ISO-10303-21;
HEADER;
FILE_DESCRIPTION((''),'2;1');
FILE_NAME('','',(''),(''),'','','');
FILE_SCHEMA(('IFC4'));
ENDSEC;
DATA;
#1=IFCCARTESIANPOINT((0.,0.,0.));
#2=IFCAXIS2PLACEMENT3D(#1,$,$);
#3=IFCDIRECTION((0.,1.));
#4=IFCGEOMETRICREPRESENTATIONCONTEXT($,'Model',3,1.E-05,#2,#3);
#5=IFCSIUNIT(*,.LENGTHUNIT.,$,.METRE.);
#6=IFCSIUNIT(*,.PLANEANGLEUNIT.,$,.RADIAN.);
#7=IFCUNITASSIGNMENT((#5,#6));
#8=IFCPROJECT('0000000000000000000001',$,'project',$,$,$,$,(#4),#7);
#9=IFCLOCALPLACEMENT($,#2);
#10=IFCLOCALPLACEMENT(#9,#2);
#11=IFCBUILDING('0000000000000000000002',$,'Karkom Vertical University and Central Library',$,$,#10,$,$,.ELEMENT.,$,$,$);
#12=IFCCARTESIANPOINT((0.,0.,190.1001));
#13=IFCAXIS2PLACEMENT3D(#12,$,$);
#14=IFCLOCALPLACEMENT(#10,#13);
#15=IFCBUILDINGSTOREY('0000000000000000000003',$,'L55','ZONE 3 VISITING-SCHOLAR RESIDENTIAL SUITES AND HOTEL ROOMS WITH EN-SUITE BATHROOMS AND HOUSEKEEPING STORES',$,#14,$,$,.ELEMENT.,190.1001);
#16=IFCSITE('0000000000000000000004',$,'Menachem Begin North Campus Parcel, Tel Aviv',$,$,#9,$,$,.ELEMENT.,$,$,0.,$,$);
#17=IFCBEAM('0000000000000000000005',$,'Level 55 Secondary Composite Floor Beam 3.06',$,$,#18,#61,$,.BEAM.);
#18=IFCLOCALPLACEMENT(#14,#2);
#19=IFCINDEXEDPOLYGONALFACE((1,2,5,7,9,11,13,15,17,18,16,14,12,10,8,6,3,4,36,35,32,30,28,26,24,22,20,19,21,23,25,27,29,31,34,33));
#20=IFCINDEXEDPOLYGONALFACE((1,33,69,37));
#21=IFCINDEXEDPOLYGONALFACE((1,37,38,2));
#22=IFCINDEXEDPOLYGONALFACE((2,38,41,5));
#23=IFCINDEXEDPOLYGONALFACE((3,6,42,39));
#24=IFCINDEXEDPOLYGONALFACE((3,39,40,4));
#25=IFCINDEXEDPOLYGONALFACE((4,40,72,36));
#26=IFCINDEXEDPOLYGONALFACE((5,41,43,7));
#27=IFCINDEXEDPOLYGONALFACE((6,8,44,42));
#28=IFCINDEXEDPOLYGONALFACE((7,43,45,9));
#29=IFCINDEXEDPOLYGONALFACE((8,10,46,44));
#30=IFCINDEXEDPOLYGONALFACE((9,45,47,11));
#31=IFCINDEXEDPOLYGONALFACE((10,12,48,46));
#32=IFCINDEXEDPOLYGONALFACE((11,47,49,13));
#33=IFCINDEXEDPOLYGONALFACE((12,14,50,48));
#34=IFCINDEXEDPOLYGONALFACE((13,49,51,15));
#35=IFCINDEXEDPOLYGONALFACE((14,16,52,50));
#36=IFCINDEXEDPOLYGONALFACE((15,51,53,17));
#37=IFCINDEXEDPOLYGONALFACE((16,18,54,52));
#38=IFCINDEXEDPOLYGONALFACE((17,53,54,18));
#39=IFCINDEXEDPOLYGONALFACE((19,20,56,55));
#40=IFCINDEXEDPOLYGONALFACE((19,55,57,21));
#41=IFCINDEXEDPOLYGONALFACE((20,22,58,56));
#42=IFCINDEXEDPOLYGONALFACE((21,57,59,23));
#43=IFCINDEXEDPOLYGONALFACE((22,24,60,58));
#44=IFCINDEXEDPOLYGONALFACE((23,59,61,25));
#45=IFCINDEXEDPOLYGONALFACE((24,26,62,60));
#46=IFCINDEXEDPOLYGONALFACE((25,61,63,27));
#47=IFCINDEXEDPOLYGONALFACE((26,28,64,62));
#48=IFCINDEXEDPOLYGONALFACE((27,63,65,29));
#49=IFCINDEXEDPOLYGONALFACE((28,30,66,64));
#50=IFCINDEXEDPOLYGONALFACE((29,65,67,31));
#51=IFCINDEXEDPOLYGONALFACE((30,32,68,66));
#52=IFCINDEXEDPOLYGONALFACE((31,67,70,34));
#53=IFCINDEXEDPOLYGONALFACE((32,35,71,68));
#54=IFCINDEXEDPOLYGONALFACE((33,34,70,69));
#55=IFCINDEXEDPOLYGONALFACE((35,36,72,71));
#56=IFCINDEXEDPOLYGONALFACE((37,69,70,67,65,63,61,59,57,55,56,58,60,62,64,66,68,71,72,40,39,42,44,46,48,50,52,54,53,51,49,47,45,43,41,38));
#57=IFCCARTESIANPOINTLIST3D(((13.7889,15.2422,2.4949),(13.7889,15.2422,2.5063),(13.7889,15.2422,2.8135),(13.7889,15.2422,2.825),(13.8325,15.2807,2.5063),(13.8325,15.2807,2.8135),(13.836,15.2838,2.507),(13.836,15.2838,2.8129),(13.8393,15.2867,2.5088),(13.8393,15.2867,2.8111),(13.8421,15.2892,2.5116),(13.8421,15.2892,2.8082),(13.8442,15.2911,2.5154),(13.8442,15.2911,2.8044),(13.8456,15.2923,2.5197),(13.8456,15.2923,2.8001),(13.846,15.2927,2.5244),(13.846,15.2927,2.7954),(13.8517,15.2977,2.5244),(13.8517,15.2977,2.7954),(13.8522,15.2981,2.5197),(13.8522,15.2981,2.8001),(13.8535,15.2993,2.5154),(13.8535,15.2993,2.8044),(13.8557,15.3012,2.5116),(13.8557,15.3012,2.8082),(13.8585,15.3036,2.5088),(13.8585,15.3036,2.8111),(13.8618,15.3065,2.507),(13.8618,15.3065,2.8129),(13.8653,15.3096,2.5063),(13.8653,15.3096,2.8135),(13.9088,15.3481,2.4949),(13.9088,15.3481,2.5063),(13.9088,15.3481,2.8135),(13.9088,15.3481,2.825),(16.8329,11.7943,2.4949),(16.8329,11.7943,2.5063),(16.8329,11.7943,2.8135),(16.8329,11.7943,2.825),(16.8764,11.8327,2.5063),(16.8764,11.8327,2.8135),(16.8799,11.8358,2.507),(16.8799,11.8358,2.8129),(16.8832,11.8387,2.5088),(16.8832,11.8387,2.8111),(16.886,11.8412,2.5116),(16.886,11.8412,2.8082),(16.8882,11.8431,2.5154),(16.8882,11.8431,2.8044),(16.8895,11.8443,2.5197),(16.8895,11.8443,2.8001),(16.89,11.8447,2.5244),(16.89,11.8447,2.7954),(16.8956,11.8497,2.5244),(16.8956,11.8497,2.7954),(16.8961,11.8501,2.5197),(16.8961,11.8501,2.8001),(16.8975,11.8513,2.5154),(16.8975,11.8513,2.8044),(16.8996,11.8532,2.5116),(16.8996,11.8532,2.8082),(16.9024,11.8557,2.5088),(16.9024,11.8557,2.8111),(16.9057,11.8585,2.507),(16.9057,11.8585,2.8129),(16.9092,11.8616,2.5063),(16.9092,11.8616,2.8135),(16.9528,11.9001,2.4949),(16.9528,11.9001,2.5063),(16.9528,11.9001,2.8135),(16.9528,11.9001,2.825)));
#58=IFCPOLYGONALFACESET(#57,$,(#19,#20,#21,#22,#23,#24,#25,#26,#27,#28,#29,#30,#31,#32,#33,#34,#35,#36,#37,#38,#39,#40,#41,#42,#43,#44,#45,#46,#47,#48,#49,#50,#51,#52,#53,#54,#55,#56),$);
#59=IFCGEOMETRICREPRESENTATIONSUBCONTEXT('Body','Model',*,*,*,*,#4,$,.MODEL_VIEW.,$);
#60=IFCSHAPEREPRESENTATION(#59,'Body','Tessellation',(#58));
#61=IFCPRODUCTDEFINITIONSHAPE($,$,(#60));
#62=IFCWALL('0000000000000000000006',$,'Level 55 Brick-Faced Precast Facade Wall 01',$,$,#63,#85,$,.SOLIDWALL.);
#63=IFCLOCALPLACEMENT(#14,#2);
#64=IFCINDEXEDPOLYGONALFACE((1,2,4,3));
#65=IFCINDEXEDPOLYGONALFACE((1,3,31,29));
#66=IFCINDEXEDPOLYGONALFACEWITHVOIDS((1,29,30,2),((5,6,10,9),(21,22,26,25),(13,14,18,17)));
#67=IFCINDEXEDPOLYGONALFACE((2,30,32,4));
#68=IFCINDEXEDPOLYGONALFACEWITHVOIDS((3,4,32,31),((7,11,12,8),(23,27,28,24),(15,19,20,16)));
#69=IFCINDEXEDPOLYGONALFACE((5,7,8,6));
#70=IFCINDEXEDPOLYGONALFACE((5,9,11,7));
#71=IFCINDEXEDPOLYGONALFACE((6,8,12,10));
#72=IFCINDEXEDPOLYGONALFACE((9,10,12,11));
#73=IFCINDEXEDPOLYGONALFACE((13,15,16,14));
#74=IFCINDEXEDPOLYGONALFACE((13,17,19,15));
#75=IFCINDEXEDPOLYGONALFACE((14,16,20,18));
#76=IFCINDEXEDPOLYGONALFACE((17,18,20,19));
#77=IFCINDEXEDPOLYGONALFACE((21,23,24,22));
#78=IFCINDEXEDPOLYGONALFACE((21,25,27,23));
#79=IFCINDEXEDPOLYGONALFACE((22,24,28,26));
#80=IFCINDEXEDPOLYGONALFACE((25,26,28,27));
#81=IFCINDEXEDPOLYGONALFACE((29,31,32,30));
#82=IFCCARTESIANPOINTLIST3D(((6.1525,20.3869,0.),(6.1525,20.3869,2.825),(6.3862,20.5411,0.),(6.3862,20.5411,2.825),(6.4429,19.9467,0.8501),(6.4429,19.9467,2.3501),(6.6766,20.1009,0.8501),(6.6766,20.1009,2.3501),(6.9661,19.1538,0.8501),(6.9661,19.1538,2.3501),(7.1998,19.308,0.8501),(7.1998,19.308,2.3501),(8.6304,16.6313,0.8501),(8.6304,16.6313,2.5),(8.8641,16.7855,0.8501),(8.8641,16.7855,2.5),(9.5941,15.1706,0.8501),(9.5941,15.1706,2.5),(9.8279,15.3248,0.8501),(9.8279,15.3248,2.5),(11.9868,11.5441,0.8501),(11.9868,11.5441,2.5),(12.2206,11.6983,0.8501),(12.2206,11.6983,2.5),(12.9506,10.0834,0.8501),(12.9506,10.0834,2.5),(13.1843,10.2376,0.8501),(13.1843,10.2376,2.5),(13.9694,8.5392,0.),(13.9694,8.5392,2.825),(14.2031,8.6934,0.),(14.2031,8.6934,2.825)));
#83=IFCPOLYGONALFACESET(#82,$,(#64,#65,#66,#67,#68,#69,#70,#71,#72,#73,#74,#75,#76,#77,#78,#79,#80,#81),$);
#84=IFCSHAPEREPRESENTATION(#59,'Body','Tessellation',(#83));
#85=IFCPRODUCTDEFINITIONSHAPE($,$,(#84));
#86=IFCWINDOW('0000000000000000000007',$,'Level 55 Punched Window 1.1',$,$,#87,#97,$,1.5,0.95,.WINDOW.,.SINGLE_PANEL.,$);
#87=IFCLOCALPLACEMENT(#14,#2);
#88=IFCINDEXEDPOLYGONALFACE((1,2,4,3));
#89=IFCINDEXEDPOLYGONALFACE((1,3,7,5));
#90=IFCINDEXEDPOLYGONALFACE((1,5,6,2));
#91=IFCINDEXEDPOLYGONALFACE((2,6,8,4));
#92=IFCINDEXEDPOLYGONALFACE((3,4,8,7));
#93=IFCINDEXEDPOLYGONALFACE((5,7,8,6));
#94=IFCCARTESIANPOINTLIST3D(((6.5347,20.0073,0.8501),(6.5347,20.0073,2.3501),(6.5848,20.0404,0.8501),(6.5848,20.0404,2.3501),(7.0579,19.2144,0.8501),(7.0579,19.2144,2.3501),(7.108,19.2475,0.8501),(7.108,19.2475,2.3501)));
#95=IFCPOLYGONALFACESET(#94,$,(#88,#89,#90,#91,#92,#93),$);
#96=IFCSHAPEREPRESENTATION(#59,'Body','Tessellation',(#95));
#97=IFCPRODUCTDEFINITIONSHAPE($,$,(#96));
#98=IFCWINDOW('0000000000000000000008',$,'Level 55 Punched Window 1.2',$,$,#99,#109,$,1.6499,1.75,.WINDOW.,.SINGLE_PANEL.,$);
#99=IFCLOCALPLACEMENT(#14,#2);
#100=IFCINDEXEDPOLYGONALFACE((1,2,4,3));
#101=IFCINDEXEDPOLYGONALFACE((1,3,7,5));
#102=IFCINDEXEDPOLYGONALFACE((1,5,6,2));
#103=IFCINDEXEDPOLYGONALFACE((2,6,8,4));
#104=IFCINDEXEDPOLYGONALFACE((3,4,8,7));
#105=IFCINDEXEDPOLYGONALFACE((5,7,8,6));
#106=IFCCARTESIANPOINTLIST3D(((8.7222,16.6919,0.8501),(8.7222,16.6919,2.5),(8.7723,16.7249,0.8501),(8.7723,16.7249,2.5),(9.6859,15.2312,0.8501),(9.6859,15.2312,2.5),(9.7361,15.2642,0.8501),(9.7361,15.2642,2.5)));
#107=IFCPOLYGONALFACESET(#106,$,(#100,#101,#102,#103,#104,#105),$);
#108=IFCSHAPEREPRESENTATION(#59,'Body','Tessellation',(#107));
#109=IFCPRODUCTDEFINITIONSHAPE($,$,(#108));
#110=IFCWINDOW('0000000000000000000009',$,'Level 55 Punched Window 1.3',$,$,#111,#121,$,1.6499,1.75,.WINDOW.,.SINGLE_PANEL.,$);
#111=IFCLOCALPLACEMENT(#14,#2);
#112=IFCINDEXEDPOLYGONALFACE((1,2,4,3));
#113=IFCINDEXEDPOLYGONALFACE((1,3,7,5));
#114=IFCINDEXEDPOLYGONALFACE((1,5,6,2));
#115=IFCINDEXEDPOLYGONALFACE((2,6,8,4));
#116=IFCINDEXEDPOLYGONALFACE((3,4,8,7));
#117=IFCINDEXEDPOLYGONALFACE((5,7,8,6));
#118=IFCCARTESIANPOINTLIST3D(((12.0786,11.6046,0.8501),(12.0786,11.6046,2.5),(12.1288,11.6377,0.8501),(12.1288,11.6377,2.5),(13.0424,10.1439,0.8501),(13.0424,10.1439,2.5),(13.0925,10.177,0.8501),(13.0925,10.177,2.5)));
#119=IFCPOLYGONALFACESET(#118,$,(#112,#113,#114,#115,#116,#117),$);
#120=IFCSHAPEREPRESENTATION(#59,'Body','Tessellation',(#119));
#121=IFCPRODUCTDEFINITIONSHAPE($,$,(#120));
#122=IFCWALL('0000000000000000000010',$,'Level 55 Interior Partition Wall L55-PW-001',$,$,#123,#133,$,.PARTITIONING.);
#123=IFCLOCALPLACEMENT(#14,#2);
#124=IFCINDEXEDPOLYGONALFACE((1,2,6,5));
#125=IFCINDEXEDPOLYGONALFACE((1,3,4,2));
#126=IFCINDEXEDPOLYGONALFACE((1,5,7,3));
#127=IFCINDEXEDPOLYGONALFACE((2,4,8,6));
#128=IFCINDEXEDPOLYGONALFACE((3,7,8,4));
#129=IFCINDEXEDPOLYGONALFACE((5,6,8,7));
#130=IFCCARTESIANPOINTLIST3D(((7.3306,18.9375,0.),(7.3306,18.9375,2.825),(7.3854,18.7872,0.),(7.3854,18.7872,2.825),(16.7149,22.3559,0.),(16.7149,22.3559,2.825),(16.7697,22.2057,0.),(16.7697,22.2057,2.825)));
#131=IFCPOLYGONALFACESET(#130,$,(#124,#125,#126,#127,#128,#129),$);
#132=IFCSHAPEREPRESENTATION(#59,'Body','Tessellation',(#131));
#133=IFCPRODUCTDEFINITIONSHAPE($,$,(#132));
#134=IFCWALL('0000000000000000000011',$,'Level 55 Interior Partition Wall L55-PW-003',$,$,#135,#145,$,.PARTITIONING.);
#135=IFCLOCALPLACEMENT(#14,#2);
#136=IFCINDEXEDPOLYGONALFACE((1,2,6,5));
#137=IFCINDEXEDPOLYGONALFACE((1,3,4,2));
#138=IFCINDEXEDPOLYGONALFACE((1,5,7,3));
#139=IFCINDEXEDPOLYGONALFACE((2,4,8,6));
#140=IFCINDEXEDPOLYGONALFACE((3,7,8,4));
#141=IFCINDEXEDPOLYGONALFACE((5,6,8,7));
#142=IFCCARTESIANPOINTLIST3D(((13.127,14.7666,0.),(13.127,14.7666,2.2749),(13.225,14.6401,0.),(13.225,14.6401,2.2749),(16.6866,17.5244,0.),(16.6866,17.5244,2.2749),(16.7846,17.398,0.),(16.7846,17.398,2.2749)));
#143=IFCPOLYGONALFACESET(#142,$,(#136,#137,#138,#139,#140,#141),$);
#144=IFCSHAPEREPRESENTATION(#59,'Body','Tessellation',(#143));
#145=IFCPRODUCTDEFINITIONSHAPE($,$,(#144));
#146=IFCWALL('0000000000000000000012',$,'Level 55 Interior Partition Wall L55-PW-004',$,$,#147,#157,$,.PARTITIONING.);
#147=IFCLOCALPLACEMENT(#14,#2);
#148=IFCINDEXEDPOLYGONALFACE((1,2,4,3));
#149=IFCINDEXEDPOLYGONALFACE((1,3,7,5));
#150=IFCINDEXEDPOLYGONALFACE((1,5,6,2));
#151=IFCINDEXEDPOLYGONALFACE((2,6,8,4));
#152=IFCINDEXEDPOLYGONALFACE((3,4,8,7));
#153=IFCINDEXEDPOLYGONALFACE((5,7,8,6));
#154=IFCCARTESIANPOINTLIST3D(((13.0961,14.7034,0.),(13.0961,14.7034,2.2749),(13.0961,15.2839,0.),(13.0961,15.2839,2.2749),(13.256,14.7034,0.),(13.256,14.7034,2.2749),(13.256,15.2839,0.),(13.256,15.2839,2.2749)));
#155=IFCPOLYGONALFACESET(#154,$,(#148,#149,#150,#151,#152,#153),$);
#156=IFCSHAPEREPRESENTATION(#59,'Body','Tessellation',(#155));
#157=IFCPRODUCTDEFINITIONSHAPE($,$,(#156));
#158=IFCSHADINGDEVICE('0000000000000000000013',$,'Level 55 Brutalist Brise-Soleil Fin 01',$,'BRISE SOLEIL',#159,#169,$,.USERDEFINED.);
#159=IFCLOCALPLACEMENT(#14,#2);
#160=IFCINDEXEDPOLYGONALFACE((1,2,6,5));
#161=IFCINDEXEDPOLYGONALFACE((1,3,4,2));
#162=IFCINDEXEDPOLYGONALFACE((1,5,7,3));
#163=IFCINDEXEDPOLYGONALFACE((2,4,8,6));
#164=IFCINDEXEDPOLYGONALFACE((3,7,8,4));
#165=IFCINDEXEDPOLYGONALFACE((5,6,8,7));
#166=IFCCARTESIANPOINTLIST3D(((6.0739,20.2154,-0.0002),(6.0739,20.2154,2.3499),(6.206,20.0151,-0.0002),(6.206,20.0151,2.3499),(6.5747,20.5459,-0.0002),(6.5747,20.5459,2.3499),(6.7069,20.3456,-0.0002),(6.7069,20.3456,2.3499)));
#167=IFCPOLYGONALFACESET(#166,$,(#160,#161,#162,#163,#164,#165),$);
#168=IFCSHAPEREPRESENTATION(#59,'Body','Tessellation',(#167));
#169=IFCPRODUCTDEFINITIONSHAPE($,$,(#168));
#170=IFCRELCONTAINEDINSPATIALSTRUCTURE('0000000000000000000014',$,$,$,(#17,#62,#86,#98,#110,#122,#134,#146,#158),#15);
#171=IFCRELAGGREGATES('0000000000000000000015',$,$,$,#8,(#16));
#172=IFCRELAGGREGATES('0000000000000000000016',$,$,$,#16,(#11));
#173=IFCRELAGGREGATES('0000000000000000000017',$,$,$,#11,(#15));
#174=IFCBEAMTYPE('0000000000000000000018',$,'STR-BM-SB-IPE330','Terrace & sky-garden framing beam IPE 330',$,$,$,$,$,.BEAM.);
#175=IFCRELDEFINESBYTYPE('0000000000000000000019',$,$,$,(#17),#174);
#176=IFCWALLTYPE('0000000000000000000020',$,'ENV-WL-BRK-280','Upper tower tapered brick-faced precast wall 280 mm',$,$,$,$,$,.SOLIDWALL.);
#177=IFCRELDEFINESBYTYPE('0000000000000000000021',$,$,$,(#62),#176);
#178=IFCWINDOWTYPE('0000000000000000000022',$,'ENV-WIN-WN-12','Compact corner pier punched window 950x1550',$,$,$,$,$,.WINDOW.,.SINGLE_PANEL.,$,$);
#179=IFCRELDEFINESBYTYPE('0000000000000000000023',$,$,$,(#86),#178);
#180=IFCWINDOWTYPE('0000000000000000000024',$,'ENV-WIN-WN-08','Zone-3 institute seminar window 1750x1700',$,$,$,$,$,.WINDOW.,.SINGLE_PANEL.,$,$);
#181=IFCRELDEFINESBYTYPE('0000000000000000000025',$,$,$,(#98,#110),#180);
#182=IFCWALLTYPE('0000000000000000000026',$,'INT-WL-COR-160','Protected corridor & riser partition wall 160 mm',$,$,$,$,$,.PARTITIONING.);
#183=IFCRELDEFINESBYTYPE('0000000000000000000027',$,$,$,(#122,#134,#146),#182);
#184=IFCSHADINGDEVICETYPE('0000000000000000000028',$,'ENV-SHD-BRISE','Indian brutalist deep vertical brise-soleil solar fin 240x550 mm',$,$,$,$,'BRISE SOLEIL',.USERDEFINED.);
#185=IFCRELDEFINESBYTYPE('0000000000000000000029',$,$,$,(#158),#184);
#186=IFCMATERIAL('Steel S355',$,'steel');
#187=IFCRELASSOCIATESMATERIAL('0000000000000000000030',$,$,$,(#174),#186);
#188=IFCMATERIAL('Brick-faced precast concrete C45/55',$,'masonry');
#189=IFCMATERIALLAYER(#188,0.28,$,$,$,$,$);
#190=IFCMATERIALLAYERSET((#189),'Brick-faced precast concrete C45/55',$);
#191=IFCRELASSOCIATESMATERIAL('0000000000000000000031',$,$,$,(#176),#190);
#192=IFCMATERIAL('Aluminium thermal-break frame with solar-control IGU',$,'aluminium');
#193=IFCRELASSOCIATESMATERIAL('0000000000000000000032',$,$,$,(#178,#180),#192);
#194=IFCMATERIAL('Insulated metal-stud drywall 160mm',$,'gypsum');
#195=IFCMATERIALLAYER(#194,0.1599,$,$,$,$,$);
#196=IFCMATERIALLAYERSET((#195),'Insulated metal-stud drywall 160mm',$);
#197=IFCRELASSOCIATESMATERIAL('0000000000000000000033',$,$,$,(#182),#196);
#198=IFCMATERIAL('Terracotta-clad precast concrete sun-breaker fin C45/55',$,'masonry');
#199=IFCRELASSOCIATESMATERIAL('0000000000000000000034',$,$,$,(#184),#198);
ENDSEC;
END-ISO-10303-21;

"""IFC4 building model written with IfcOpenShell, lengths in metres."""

from ifc_helpers import new_model, si_unit, direction, frame, frame_2d, origin, origin_with_axes, origin_2d, place, context, subcontext, project, spatial, rectangle, i_section, extrude, source, transform, mapped, material, layer, layer_set, material_profile, profile_set, type_object, element, fill, save


model = new_model("IFC4")

# Units and contexts
model_context = context("Model", 3, precision=1e-05, world=origin(), true_north=direction((0.0, 1.0)))
body_context = subcontext(model_context, "Body", "Model", "MODEL_VIEW")
ifc_project = project(units=[si_unit("LENGTHUNIT", "METRE"), si_unit("PLANEANGLEUNIT", "RADIAN")], contexts=[model_context])

# Site, building, storey
site_placement = place(None, origin())
site = spatial("IfcSite", under=ifc_project, at=site_placement, Name="Menachem Begin North Campus Parcel, Tel Aviv", CompositionType="ELEMENT", RefElevation=0.0)
building_placement = place(site_placement, origin())
building = spatial("IfcBuilding", under=site, at=building_placement, Name="Karkom Vertical University and Central Library", CompositionType="ELEMENT")
storey_placement = place(building_placement, frame((0.0, 0.0, 190.1001)))
storey = spatial("IfcBuildingStorey", under=building, at=storey_placement, Name="L55", Description="ZONE 3 VISITING-SCHOLAR RESIDENTIAL SUITES AND HOTEL ROOMS WITH EN-SUITE BATHROOMS AND HOUSEKEEPING STORES", CompositionType="ELEMENT", Elevation=190.1001)

# Beam
ifc_material_1 = material(Name="Steel S355", Category="steel")
ifc_material_profile_1 = material_profile(ifc_material_1, i_section(OverallWidth=0.1599, OverallDepth=0.3301, WebThickness=0.0076, FlangeThickness=0.0115, FilletRadius=0.0181, at=origin_2d()), Name="IPE 330")
ifc_profile_set_1 = profile_set([ifc_material_profile_1], Name="Steel S355")
beam_type_1 = type_object("IfcBeamType", Name="STR-BM-SB-IPE330", Description="Terrace & sky-garden framing beam IPE 330", PredefinedType="BEAM", material=ifc_profile_set_1)
shared_shape_1 = source(origin_with_axes(), body_context, "Body", "SweptSolid", [
    extrude(i_section(OverallWidth=0.1599, OverallDepth=0.3301, WebThickness=0.0076, FlangeThickness=0.0115, FilletRadius=0.0181, at=origin_2d()), origin(), (0.0, 0.0, 1.0), 4.5994),
])
beam_1_placement = place(storey_placement, frame((13.8489, 15.2952, 2.6599), z_axis=(0.661816, -0.749666, 0.0), x_axis=(0.749666, 0.661816, 0.0)))
element("IfcBeam", 1, at=beam_1_placement, inside=storey, type_object=beam_type_1, Name="Level 55 Secondary Composite Floor Beam 3.06", PredefinedType="BEAM", context=body_context, shape_type="MappedRepresentation", body=[
    mapped(shared_shape_1, transform((0.0, 0.0, 0.0), scale=1.0)),
])

# Wall, openings, windows
ifc_material_2 = material(Name="Brick-faced precast concrete C45/55", Category="masonry")
ifc_layer_1 = layer(ifc_material_2, 0.28)
ifc_layer_set_1 = layer_set([ifc_layer_1], Name="Brick-faced precast concrete C45/55")
wall_type_1 = type_object("IfcWallType", Name="ENV-WL-BRK-280", Description="Upper tower tapered brick-faced precast wall 280 mm", PredefinedType="SOLIDWALL", material=ifc_layer_set_1)
wall_1_placement = place(storey_placement, frame((6.2693, 20.4641, 0.0), z_axis=(0.0, 0.0, 1.0), x_axis=(0.550717, -0.834692, 0.0)))
wall_1 = element("IfcWall", 2, at=wall_1_placement, inside=storey, type_object=wall_type_1, Name="Level 55 Brick-Faced Precast Facade Wall 01", PredefinedType="SOLIDWALL", context=body_context, shape_type="SweptSolid", body=[
    extrude(rectangle(XDim=14.1941, YDim=0.28, at=frame_2d((7.0972, 0.0))), origin(), (0.0, 0.0, 1.0), 2.825),
])
opening_1_placement = place(wall_1_placement, frame((0.5273, 0.0, 0.8501)))
opening_1 = element("IfcOpeningElement", 3, at=opening_1_placement, cuts=wall_1, PredefinedType="OPENING", context=body_context, shape_type="SweptSolid", body=[
    extrude(rectangle(XDim=0.95, YDim=1.5, at=frame_2d((0.4751, 0.75))), frame((0.0, 0.1499, 0.0), z_axis=(0.0, -1.0, 0.0), x_axis=(1.0, 0.0, 0.0)), (0.0, 0.0, 1.0), 0.3),
])
opening_2_placement = place(wall_1_placement, frame((4.4995, 0.0, 0.8501)))
opening_2 = element("IfcOpeningElement", 4, at=opening_2_placement, cuts=wall_1, PredefinedType="OPENING", context=body_context, shape_type="SweptSolid", body=[
    extrude(rectangle(XDim=1.75, YDim=1.6499, at=frame_2d((0.875, 0.825))), frame((0.0, 0.1499, 0.0), z_axis=(0.0, -1.0, 0.0), x_axis=(1.0, 0.0, 0.0)), (0.0, 0.0, 1.0), 0.3),
])
opening_3_placement = place(wall_1_placement, frame((10.5942, 0.0, 0.8501)))
opening_3 = element("IfcOpeningElement", 5, at=opening_3_placement, cuts=wall_1, PredefinedType="OPENING", context=body_context, shape_type="SweptSolid", body=[
    extrude(rectangle(XDim=1.75, YDim=1.6499, at=frame_2d((0.875, 0.825))), frame((0.0, 0.1499, 0.0), z_axis=(0.0, -1.0, 0.0), x_axis=(1.0, 0.0, 0.0)), (0.0, 0.0, 1.0), 0.3),
])
ifc_material_3 = material(Name="Aluminium thermal-break frame with solar-control IGU", Category="aluminium")
window_type_1 = type_object("IfcWindowType", Name="ENV-WIN-WN-12", Description="Compact corner pier punched window 950x1550", PartitioningType="SINGLE_PANEL", PredefinedType="WINDOW", material=ifc_material_3)
shared_shape_2 = source(origin_with_axes(), body_context, "Body", "SweptSolid", [
    extrude(rectangle(XDim=0.95, YDim=1.5, at=frame_2d((0.4751, 0.75))), frame((0.0, 0.03, 0.0), z_axis=(0.0, -1.0, 0.0), x_axis=(1.0, 0.0, 0.0)), (0.0, 0.0, 1.0), 0.0601),
])
window_1_placement = place(opening_1_placement, origin())
window_1 = element("IfcWindow", 6, at=window_1_placement, inside=storey, type_object=window_type_1, Name="Level 55 Punched Window 1.1", OverallHeight=1.5, OverallWidth=0.95, PartitioningType="SINGLE_PANEL", PredefinedType="WINDOW", context=body_context, shape_type="MappedRepresentation", body=[
    mapped(shared_shape_2, transform((0.0, 0.0, 0.0), scale=1.0)),
])
fill(opening_1, window_1)
window_type_2 = type_object("IfcWindowType", Name="ENV-WIN-WN-08", Description="Zone-3 institute seminar window 1750x1700", PartitioningType="SINGLE_PANEL", PredefinedType="WINDOW", material=ifc_material_3)
shared_shape_3 = source(origin_with_axes(), body_context, "Body", "SweptSolid", [
    extrude(rectangle(XDim=1.75, YDim=1.6499, at=frame_2d((0.875, 0.825))), frame((0.0, 0.03, 0.0), z_axis=(0.0, -1.0, 0.0), x_axis=(1.0, 0.0, 0.0)), (0.0, 0.0, 1.0), 0.0601),
])
window_2_placement = place(opening_2_placement, origin())
window_2 = element("IfcWindow", 7, at=window_2_placement, inside=storey, type_object=window_type_2, Name="Level 55 Punched Window 1.2", OverallHeight=1.6499, OverallWidth=1.75, PartitioningType="SINGLE_PANEL", PredefinedType="WINDOW", context=body_context, shape_type="MappedRepresentation", body=[
    mapped(shared_shape_3, transform((0.0, 0.0, 0.0), scale=1.0)),
])
fill(opening_2, window_2)
window_3_placement = place(opening_3_placement, origin())
window_3 = element("IfcWindow", 8, at=window_3_placement, inside=storey, type_object=window_type_2, Name="Level 55 Punched Window 1.3", OverallHeight=1.6499, OverallWidth=1.75, PartitioningType="SINGLE_PANEL", PredefinedType="WINDOW", context=body_context, shape_type="MappedRepresentation", body=[
    mapped(shared_shape_3, transform((0.0, 0.0, 0.0), scale=1.0)),
])
fill(opening_3, window_3)

# Shared definitions
ifc_material_4 = material(Name="Insulated metal-stud drywall 160mm", Category="gypsum")
ifc_layer_2 = layer(ifc_material_4, 0.1599)
ifc_layer_set_2 = layer_set([ifc_layer_2], Name="Insulated metal-stud drywall 160mm")
wall_type_2 = type_object("IfcWallType", Name="INT-WL-COR-160", Description="Protected corridor & riser partition wall 160 mm", PredefinedType="PARTITIONING", material=ifc_layer_set_2)

# Walls
wall_2_placement = place(storey_placement, frame((16.7422, 22.2808, 0.0), z_axis=(0.0, 0.0, 1.0), x_axis=(-0.939601, -0.342273, 0.0)))
element("IfcWall", 9, at=wall_2_placement, inside=storey, type_object=wall_type_2, Name="Level 55 Interior Partition Wall L55-PW-001", PredefinedType="PARTITIONING", context=body_context, shape_type="SweptSolid", body=[
    extrude(rectangle(XDim=9.9875, YDim=0.1599, at=frame_2d((4.9937, 0.0))), origin(), (0.0, 0.0, 1.0), 2.825),
])
wall_3_placement = place(storey_placement, frame((16.7356, 17.4612, 0.0), z_axis=(0.0, 0.0, 1.0), x_axis=(-0.790507, -0.612453, 0.0)))
element("IfcWall", 10, at=wall_3_placement, inside=storey, type_object=wall_type_2, Name="Level 55 Interior Partition Wall L55-PW-003", PredefinedType="PARTITIONING", context=body_context, shape_type="SweptSolid", body=[
    extrude(rectangle(XDim=4.5029, YDim=0.1599, at=frame_2d((2.2515, 0.0))), origin(), (0.0, 0.0, 1.0), 2.2749),
])
wall_4_placement = place(storey_placement, frame((13.176, 14.7034, 0.0), z_axis=(0.0, 0.0, 1.0), x_axis=(0.0, 1.0, 0.0)))
element("IfcWall", 11, at=wall_4_placement, inside=storey, type_object=wall_type_2, Name="Level 55 Interior Partition Wall L55-PW-004", PredefinedType="PARTITIONING", context=body_context, shape_type="SweptSolid", body=[
    extrude(rectangle(XDim=0.5806, YDim=0.1599, at=frame_2d((0.2903, 0.0))), origin(), (0.0, 0.0, 1.0), 2.2749),
])

# Shading device
ifc_material_5 = material(Name="Terracotta-clad precast concrete sun-breaker fin C45/55", Category="masonry")
shading_device_type = type_object("IfcShadingDeviceType", Name="ENV-SHD-BRISE", Description="Indian brutalist deep vertical brise-soleil solar fin 240x550 mm", ElementType="BRISE SOLEIL", PredefinedType="USERDEFINED", material=ifc_material_5)
shared_shape_4 = source(origin_with_axes(), body_context, "Body", "SweptSolid", [
    extrude(rectangle(XDim=0.24, YDim=0.6001, at=origin_2d()), origin(), (0.0, 0.0, 1.0), 2.3501),
])
shading_device_placement = place(storey_placement, frame((6.3904, 20.2805, -0.0002), z_axis=(0.0, 0.0, 1.0), x_axis=(0.550772, -0.834656, 0.0)))
element("IfcShadingDevice", 12, at=shading_device_placement, inside=storey, type_object=shading_device_type, Name="Level 55 Brutalist Brise-Soleil Fin 01", ObjectType="BRISE SOLEIL", PredefinedType="USERDEFINED", context=body_context, shape_type="MappedRepresentation", body=[
    mapped(shared_shape_4, transform((0.0, 0.0, 0.0), scale=1.0)),
])

save(model, "model.ifc")
